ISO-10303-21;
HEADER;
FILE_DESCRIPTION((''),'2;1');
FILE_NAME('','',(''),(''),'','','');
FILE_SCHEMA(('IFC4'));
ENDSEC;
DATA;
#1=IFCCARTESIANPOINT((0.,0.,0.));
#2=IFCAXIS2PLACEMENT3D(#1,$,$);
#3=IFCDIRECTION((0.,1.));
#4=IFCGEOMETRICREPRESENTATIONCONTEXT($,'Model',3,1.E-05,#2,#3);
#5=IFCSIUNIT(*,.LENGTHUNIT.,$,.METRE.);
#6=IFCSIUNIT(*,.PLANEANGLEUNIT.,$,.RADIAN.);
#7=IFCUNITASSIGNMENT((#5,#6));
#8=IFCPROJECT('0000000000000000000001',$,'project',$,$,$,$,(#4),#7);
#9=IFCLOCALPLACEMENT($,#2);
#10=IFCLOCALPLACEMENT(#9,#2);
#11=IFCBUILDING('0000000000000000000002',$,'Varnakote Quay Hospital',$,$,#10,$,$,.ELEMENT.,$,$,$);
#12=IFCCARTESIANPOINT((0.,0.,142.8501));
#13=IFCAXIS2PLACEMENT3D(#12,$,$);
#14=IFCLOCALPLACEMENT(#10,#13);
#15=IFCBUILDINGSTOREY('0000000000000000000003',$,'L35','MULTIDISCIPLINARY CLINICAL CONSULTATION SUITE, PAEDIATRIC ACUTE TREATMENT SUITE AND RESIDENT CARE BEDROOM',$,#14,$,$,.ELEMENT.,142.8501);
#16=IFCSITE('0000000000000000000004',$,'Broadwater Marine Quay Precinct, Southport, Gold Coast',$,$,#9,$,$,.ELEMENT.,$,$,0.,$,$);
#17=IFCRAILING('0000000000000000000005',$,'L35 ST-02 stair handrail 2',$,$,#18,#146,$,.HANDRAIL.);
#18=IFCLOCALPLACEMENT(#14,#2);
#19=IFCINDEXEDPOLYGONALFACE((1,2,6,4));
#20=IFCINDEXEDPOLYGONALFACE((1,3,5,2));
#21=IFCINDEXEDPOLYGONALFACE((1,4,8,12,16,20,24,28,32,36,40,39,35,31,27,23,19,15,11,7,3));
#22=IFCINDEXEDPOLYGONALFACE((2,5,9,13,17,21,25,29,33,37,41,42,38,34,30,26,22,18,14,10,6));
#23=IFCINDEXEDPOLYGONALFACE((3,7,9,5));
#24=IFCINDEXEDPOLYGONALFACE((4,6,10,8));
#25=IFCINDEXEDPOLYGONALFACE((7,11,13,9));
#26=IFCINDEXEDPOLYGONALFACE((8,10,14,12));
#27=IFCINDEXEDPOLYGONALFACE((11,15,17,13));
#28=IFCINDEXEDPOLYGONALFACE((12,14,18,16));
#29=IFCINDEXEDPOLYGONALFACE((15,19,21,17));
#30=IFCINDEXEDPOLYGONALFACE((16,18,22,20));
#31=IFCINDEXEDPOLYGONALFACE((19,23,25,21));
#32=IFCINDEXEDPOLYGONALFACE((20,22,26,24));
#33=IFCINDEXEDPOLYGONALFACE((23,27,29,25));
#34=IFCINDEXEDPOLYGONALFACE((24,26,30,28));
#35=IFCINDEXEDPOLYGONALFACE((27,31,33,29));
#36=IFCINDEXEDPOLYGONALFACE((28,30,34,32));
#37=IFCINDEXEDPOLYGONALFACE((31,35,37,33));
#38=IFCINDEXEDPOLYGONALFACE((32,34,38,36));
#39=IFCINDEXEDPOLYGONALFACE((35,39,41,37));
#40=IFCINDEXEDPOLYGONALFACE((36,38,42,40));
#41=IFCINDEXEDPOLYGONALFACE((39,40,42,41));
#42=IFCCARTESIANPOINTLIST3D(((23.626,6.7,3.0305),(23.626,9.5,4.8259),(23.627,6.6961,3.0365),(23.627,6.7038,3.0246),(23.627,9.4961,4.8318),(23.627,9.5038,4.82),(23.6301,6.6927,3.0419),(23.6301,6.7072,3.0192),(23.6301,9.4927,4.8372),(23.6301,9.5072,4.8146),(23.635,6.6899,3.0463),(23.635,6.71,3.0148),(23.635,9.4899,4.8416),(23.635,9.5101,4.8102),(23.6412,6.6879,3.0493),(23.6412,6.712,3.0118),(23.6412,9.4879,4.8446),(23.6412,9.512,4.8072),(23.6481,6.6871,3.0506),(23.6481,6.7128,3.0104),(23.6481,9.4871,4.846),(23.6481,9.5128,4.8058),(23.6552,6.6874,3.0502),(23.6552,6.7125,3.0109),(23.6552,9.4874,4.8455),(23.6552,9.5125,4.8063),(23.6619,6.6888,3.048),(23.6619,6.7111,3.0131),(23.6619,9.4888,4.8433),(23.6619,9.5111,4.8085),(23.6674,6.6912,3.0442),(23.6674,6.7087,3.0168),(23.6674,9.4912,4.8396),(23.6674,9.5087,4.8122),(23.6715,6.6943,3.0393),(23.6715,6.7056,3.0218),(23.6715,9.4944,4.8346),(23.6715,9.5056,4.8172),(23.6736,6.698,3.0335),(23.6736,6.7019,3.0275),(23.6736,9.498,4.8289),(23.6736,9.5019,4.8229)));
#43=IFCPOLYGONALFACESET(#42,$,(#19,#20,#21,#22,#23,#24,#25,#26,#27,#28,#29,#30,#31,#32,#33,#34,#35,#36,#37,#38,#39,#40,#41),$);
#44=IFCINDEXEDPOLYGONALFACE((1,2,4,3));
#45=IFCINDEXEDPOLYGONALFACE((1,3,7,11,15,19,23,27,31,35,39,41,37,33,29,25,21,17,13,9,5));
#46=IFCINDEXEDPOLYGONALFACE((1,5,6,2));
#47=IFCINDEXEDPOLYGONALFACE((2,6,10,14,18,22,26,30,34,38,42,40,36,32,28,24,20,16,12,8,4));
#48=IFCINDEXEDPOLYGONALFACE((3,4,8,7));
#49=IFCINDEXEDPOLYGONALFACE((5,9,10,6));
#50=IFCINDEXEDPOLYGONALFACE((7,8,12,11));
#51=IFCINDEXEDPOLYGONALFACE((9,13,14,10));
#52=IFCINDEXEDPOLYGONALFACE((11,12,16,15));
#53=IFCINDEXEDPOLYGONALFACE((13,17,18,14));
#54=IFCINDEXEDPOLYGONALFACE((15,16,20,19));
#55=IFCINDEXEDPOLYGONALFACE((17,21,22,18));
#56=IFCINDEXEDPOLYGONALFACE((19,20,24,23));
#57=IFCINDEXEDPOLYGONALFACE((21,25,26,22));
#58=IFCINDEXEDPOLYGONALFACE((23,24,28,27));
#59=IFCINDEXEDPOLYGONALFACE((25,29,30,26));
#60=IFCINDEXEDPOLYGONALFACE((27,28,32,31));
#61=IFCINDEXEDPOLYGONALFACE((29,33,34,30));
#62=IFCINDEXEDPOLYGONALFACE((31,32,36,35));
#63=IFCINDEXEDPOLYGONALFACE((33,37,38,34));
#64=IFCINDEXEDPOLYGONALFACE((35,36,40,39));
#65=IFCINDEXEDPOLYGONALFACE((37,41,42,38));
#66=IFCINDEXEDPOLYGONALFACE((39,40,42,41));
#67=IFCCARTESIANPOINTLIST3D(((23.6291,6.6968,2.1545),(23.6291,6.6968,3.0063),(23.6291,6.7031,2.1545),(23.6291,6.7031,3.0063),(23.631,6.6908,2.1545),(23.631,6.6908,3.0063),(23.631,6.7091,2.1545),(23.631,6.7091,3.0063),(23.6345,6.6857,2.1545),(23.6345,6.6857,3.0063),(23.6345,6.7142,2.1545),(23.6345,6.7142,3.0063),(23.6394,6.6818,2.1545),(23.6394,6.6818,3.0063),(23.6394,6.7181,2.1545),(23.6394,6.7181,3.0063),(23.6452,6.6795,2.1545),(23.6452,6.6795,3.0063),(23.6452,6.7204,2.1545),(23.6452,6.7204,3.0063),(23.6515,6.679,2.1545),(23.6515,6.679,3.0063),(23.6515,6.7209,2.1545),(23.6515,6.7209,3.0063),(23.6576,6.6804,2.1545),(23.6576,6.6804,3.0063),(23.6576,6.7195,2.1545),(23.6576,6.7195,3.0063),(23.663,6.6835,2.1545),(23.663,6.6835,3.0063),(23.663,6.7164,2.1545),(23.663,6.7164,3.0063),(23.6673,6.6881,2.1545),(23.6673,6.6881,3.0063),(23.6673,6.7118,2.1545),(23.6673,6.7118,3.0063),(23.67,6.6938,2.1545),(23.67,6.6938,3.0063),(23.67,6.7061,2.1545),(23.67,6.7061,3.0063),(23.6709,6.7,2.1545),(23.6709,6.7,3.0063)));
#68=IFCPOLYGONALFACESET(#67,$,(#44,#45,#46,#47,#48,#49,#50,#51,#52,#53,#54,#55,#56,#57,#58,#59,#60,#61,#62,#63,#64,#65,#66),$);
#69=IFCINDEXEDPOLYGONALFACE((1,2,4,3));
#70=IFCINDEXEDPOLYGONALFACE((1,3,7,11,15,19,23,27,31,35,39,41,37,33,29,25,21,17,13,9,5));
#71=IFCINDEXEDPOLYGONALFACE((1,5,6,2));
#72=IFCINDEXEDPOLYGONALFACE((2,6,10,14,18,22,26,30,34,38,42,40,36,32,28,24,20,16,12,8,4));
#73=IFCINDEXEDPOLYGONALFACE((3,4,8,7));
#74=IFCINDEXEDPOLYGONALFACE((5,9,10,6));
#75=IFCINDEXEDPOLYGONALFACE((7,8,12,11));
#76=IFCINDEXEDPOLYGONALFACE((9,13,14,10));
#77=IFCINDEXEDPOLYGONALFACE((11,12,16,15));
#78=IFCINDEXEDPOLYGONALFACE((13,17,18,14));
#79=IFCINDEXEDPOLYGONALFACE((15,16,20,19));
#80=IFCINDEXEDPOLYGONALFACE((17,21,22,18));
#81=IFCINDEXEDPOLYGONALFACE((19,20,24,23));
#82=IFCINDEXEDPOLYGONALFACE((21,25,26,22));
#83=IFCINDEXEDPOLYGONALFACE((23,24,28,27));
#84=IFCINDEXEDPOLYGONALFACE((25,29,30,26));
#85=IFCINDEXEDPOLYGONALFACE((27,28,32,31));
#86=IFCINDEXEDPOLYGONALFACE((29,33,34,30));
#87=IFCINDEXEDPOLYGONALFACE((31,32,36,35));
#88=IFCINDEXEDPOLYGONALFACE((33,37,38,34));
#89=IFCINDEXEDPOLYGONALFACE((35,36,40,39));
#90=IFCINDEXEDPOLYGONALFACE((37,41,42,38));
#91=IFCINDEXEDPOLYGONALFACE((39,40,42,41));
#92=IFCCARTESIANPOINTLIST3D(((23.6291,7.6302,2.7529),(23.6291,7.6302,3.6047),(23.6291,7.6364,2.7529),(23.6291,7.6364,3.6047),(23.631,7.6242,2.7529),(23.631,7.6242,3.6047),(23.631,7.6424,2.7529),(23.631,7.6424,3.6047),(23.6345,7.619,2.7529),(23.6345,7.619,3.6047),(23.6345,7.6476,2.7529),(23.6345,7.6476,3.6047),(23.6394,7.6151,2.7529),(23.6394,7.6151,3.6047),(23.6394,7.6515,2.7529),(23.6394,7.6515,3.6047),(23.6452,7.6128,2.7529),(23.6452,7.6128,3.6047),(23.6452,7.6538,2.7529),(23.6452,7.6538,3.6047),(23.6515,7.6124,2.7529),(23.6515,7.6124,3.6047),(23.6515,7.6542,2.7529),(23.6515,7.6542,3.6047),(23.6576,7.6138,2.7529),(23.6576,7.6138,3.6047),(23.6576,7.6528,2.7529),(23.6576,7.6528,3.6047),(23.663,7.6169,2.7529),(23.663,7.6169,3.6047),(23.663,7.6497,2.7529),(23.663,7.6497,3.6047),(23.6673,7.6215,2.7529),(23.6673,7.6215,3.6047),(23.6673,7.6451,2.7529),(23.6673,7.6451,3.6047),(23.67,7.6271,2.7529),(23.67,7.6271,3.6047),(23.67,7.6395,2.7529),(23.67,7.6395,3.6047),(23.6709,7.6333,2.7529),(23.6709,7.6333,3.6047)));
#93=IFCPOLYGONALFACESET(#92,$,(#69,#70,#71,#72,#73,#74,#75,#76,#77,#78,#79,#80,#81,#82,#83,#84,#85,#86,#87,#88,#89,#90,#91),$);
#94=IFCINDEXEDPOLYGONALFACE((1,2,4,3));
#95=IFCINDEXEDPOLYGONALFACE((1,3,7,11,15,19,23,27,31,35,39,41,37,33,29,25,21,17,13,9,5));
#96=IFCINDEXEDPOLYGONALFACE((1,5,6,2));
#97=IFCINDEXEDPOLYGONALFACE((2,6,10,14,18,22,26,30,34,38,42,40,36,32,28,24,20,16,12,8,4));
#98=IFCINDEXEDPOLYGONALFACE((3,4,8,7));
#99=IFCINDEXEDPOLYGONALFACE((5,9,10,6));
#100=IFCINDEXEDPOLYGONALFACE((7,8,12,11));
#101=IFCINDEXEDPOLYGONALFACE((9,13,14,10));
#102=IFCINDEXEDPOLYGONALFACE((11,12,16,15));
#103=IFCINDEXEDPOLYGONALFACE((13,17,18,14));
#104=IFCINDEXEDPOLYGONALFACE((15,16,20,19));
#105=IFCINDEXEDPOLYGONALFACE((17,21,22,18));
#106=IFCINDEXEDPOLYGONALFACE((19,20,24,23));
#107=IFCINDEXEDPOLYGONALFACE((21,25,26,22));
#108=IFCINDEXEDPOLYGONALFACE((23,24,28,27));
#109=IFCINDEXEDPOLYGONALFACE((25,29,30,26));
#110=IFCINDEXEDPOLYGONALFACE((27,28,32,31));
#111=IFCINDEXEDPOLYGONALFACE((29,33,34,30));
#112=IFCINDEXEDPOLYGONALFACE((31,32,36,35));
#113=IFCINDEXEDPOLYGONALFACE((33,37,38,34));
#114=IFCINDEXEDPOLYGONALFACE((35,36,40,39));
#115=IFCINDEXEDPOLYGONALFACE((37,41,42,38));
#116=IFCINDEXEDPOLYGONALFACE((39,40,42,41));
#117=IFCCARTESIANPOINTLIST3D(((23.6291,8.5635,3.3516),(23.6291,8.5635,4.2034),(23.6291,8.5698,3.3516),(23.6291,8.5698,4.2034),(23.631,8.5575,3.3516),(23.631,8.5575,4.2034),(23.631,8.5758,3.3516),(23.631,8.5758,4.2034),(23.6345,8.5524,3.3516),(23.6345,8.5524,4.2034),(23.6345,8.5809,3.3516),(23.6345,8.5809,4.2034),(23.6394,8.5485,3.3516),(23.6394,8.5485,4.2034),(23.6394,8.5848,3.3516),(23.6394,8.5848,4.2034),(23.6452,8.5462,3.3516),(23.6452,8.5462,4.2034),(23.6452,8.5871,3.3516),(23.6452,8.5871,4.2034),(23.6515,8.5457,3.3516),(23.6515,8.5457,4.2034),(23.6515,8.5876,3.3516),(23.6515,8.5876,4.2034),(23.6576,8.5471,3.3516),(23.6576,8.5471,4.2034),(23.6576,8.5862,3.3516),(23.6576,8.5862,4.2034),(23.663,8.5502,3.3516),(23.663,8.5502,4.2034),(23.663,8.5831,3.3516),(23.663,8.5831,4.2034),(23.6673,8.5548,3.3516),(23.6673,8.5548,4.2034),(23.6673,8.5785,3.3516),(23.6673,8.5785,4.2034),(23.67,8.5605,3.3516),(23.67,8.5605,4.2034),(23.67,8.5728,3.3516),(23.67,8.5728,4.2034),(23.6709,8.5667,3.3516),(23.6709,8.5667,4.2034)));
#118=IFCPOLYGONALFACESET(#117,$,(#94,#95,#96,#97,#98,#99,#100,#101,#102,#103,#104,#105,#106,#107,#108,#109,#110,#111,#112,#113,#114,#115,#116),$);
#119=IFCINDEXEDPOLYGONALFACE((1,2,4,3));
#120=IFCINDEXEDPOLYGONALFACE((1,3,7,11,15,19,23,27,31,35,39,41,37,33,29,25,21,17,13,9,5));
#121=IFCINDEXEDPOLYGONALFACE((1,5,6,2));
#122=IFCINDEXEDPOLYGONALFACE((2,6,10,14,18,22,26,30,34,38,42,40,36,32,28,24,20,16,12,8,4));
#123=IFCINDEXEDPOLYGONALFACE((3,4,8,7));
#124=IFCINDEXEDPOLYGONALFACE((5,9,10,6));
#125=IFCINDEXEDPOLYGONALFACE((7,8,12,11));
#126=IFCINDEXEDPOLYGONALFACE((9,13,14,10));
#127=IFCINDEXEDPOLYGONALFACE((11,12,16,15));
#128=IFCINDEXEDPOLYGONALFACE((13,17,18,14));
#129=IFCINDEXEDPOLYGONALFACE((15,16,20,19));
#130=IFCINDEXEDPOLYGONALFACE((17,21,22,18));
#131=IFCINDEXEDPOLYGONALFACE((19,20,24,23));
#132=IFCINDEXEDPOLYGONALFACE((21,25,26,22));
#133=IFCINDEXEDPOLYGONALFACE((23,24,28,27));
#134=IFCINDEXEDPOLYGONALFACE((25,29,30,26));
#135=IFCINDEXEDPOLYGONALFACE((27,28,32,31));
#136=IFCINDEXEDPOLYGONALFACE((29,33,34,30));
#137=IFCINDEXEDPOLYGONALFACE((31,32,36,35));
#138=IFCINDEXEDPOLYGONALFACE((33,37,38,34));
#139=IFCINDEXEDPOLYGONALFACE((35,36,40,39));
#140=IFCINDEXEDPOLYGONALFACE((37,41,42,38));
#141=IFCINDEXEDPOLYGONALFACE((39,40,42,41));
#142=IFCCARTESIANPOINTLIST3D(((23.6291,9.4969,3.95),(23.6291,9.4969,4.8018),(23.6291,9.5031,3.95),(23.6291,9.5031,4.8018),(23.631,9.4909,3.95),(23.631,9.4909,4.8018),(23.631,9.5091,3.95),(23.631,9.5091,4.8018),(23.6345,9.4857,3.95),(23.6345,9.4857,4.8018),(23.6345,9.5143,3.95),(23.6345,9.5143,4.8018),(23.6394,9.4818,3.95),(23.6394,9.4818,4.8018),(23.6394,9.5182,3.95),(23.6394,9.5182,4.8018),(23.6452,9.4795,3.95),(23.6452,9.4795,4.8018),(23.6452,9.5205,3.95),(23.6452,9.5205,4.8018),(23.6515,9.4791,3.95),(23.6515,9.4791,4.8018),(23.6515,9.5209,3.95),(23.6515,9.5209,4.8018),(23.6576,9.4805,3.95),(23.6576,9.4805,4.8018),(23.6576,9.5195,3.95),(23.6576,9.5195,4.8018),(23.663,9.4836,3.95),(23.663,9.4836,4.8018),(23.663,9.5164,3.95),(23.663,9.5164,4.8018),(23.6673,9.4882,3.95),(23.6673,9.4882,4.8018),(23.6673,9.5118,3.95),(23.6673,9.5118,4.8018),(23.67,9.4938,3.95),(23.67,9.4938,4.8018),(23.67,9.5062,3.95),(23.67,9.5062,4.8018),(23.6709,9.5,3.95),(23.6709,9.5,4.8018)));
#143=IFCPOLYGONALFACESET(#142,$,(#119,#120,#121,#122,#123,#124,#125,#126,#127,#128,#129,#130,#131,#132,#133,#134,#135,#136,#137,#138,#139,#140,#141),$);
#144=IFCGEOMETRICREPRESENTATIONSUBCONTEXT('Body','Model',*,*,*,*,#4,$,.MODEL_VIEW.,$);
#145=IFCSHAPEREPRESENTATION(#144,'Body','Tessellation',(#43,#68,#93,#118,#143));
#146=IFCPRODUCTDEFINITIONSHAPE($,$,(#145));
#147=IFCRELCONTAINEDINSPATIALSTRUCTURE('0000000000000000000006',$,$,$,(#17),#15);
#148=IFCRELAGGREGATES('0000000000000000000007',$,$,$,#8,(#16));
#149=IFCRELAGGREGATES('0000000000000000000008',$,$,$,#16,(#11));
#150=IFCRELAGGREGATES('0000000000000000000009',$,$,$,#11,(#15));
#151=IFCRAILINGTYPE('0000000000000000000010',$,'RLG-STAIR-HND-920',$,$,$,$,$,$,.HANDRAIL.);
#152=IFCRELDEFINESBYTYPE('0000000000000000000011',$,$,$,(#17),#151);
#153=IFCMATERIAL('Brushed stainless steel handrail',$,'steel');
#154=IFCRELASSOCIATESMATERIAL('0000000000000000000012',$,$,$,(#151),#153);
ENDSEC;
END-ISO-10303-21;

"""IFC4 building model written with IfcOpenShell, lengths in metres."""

from ifc_helpers import new_model, si_unit, direction, frame, origin, origin_2d, place, context, subcontext, project, spatial, circle, extrude, material, type_object, element, save


model = new_model("IFC4")

# Units and contexts
model_context = context("Model", 3, precision=1e-05, world=origin(), true_north=direction((0.0, 1.0)))
body_context = subcontext(model_context, "Body", "Model", "MODEL_VIEW")
ifc_project = project(units=[si_unit("LENGTHUNIT", "METRE"), si_unit("PLANEANGLEUNIT", "RADIAN")], contexts=[model_context])

# Site, building, storey
site_placement = place(None, origin())
site = spatial("IfcSite", under=ifc_project, at=site_placement, Name="Broadwater Marine Quay Precinct, Southport, Gold Coast", CompositionType="ELEMENT", RefElevation=0.0)
building_placement = place(site_placement, origin())
building = spatial("IfcBuilding", under=site, at=building_placement, Name="Varnakote Quay Hospital", CompositionType="ELEMENT")
storey_placement = place(building_placement, frame((0.0, 0.0, 142.8501)))
storey = spatial("IfcBuildingStorey", under=building, at=storey_placement, Name="L35", Description="MULTIDISCIPLINARY CLINICAL CONSULTATION SUITE, PAEDIATRIC ACUTE TREATMENT SUITE AND RESIDENT CARE BEDROOM", CompositionType="ELEMENT", Elevation=142.8501)

# Railing
ifc_material_1 = material(Name="Brushed stainless steel handrail", Category="steel")
railing_type_1 = type_object("IfcRailingType", Name="RLG-STAIR-HND-920", PredefinedType="HANDRAIL", material=ifc_material_1)
railing_1_placement = place(storey_placement, frame((23.6499, 6.7, 2.1545)))
element("IfcRailing", 1, at=railing_1_placement, inside=storey, type_object=railing_type_1, Name="L35 ST-02 stair handrail 2", PredefinedType="HANDRAIL", context=body_context, shape_type="SweptSolid", body=[
    extrude(circle(Radius=0.0239, at=origin_2d()), frame((0.0, 0.0, 0.876), z_axis=(0.0, 0.84181, 0.539774), x_axis=(-1.0, 0.0, 0.0)), (0.0, 0.0, 1.0), 3.3262),
    extrude(circle(Radius=0.021, at=origin_2d()), origin(), (0.0, 0.0, 1.0), 0.8518),
    extrude(circle(Radius=0.021, at=origin_2d()), frame((0.0, 0.9333, 0.5984)), (0.0, 0.0, 1.0), 0.8518),
    extrude(circle(Radius=0.021, at=origin_2d()), frame((0.0, 1.8667, 1.197)), (0.0, 0.0, 1.0), 0.8518),
    extrude(circle(Radius=0.021, at=origin_2d()), frame((0.0, 2.8, 1.7954)), (0.0, 0.0, 1.0), 0.8518),
])

save(model, "model.ifc")
